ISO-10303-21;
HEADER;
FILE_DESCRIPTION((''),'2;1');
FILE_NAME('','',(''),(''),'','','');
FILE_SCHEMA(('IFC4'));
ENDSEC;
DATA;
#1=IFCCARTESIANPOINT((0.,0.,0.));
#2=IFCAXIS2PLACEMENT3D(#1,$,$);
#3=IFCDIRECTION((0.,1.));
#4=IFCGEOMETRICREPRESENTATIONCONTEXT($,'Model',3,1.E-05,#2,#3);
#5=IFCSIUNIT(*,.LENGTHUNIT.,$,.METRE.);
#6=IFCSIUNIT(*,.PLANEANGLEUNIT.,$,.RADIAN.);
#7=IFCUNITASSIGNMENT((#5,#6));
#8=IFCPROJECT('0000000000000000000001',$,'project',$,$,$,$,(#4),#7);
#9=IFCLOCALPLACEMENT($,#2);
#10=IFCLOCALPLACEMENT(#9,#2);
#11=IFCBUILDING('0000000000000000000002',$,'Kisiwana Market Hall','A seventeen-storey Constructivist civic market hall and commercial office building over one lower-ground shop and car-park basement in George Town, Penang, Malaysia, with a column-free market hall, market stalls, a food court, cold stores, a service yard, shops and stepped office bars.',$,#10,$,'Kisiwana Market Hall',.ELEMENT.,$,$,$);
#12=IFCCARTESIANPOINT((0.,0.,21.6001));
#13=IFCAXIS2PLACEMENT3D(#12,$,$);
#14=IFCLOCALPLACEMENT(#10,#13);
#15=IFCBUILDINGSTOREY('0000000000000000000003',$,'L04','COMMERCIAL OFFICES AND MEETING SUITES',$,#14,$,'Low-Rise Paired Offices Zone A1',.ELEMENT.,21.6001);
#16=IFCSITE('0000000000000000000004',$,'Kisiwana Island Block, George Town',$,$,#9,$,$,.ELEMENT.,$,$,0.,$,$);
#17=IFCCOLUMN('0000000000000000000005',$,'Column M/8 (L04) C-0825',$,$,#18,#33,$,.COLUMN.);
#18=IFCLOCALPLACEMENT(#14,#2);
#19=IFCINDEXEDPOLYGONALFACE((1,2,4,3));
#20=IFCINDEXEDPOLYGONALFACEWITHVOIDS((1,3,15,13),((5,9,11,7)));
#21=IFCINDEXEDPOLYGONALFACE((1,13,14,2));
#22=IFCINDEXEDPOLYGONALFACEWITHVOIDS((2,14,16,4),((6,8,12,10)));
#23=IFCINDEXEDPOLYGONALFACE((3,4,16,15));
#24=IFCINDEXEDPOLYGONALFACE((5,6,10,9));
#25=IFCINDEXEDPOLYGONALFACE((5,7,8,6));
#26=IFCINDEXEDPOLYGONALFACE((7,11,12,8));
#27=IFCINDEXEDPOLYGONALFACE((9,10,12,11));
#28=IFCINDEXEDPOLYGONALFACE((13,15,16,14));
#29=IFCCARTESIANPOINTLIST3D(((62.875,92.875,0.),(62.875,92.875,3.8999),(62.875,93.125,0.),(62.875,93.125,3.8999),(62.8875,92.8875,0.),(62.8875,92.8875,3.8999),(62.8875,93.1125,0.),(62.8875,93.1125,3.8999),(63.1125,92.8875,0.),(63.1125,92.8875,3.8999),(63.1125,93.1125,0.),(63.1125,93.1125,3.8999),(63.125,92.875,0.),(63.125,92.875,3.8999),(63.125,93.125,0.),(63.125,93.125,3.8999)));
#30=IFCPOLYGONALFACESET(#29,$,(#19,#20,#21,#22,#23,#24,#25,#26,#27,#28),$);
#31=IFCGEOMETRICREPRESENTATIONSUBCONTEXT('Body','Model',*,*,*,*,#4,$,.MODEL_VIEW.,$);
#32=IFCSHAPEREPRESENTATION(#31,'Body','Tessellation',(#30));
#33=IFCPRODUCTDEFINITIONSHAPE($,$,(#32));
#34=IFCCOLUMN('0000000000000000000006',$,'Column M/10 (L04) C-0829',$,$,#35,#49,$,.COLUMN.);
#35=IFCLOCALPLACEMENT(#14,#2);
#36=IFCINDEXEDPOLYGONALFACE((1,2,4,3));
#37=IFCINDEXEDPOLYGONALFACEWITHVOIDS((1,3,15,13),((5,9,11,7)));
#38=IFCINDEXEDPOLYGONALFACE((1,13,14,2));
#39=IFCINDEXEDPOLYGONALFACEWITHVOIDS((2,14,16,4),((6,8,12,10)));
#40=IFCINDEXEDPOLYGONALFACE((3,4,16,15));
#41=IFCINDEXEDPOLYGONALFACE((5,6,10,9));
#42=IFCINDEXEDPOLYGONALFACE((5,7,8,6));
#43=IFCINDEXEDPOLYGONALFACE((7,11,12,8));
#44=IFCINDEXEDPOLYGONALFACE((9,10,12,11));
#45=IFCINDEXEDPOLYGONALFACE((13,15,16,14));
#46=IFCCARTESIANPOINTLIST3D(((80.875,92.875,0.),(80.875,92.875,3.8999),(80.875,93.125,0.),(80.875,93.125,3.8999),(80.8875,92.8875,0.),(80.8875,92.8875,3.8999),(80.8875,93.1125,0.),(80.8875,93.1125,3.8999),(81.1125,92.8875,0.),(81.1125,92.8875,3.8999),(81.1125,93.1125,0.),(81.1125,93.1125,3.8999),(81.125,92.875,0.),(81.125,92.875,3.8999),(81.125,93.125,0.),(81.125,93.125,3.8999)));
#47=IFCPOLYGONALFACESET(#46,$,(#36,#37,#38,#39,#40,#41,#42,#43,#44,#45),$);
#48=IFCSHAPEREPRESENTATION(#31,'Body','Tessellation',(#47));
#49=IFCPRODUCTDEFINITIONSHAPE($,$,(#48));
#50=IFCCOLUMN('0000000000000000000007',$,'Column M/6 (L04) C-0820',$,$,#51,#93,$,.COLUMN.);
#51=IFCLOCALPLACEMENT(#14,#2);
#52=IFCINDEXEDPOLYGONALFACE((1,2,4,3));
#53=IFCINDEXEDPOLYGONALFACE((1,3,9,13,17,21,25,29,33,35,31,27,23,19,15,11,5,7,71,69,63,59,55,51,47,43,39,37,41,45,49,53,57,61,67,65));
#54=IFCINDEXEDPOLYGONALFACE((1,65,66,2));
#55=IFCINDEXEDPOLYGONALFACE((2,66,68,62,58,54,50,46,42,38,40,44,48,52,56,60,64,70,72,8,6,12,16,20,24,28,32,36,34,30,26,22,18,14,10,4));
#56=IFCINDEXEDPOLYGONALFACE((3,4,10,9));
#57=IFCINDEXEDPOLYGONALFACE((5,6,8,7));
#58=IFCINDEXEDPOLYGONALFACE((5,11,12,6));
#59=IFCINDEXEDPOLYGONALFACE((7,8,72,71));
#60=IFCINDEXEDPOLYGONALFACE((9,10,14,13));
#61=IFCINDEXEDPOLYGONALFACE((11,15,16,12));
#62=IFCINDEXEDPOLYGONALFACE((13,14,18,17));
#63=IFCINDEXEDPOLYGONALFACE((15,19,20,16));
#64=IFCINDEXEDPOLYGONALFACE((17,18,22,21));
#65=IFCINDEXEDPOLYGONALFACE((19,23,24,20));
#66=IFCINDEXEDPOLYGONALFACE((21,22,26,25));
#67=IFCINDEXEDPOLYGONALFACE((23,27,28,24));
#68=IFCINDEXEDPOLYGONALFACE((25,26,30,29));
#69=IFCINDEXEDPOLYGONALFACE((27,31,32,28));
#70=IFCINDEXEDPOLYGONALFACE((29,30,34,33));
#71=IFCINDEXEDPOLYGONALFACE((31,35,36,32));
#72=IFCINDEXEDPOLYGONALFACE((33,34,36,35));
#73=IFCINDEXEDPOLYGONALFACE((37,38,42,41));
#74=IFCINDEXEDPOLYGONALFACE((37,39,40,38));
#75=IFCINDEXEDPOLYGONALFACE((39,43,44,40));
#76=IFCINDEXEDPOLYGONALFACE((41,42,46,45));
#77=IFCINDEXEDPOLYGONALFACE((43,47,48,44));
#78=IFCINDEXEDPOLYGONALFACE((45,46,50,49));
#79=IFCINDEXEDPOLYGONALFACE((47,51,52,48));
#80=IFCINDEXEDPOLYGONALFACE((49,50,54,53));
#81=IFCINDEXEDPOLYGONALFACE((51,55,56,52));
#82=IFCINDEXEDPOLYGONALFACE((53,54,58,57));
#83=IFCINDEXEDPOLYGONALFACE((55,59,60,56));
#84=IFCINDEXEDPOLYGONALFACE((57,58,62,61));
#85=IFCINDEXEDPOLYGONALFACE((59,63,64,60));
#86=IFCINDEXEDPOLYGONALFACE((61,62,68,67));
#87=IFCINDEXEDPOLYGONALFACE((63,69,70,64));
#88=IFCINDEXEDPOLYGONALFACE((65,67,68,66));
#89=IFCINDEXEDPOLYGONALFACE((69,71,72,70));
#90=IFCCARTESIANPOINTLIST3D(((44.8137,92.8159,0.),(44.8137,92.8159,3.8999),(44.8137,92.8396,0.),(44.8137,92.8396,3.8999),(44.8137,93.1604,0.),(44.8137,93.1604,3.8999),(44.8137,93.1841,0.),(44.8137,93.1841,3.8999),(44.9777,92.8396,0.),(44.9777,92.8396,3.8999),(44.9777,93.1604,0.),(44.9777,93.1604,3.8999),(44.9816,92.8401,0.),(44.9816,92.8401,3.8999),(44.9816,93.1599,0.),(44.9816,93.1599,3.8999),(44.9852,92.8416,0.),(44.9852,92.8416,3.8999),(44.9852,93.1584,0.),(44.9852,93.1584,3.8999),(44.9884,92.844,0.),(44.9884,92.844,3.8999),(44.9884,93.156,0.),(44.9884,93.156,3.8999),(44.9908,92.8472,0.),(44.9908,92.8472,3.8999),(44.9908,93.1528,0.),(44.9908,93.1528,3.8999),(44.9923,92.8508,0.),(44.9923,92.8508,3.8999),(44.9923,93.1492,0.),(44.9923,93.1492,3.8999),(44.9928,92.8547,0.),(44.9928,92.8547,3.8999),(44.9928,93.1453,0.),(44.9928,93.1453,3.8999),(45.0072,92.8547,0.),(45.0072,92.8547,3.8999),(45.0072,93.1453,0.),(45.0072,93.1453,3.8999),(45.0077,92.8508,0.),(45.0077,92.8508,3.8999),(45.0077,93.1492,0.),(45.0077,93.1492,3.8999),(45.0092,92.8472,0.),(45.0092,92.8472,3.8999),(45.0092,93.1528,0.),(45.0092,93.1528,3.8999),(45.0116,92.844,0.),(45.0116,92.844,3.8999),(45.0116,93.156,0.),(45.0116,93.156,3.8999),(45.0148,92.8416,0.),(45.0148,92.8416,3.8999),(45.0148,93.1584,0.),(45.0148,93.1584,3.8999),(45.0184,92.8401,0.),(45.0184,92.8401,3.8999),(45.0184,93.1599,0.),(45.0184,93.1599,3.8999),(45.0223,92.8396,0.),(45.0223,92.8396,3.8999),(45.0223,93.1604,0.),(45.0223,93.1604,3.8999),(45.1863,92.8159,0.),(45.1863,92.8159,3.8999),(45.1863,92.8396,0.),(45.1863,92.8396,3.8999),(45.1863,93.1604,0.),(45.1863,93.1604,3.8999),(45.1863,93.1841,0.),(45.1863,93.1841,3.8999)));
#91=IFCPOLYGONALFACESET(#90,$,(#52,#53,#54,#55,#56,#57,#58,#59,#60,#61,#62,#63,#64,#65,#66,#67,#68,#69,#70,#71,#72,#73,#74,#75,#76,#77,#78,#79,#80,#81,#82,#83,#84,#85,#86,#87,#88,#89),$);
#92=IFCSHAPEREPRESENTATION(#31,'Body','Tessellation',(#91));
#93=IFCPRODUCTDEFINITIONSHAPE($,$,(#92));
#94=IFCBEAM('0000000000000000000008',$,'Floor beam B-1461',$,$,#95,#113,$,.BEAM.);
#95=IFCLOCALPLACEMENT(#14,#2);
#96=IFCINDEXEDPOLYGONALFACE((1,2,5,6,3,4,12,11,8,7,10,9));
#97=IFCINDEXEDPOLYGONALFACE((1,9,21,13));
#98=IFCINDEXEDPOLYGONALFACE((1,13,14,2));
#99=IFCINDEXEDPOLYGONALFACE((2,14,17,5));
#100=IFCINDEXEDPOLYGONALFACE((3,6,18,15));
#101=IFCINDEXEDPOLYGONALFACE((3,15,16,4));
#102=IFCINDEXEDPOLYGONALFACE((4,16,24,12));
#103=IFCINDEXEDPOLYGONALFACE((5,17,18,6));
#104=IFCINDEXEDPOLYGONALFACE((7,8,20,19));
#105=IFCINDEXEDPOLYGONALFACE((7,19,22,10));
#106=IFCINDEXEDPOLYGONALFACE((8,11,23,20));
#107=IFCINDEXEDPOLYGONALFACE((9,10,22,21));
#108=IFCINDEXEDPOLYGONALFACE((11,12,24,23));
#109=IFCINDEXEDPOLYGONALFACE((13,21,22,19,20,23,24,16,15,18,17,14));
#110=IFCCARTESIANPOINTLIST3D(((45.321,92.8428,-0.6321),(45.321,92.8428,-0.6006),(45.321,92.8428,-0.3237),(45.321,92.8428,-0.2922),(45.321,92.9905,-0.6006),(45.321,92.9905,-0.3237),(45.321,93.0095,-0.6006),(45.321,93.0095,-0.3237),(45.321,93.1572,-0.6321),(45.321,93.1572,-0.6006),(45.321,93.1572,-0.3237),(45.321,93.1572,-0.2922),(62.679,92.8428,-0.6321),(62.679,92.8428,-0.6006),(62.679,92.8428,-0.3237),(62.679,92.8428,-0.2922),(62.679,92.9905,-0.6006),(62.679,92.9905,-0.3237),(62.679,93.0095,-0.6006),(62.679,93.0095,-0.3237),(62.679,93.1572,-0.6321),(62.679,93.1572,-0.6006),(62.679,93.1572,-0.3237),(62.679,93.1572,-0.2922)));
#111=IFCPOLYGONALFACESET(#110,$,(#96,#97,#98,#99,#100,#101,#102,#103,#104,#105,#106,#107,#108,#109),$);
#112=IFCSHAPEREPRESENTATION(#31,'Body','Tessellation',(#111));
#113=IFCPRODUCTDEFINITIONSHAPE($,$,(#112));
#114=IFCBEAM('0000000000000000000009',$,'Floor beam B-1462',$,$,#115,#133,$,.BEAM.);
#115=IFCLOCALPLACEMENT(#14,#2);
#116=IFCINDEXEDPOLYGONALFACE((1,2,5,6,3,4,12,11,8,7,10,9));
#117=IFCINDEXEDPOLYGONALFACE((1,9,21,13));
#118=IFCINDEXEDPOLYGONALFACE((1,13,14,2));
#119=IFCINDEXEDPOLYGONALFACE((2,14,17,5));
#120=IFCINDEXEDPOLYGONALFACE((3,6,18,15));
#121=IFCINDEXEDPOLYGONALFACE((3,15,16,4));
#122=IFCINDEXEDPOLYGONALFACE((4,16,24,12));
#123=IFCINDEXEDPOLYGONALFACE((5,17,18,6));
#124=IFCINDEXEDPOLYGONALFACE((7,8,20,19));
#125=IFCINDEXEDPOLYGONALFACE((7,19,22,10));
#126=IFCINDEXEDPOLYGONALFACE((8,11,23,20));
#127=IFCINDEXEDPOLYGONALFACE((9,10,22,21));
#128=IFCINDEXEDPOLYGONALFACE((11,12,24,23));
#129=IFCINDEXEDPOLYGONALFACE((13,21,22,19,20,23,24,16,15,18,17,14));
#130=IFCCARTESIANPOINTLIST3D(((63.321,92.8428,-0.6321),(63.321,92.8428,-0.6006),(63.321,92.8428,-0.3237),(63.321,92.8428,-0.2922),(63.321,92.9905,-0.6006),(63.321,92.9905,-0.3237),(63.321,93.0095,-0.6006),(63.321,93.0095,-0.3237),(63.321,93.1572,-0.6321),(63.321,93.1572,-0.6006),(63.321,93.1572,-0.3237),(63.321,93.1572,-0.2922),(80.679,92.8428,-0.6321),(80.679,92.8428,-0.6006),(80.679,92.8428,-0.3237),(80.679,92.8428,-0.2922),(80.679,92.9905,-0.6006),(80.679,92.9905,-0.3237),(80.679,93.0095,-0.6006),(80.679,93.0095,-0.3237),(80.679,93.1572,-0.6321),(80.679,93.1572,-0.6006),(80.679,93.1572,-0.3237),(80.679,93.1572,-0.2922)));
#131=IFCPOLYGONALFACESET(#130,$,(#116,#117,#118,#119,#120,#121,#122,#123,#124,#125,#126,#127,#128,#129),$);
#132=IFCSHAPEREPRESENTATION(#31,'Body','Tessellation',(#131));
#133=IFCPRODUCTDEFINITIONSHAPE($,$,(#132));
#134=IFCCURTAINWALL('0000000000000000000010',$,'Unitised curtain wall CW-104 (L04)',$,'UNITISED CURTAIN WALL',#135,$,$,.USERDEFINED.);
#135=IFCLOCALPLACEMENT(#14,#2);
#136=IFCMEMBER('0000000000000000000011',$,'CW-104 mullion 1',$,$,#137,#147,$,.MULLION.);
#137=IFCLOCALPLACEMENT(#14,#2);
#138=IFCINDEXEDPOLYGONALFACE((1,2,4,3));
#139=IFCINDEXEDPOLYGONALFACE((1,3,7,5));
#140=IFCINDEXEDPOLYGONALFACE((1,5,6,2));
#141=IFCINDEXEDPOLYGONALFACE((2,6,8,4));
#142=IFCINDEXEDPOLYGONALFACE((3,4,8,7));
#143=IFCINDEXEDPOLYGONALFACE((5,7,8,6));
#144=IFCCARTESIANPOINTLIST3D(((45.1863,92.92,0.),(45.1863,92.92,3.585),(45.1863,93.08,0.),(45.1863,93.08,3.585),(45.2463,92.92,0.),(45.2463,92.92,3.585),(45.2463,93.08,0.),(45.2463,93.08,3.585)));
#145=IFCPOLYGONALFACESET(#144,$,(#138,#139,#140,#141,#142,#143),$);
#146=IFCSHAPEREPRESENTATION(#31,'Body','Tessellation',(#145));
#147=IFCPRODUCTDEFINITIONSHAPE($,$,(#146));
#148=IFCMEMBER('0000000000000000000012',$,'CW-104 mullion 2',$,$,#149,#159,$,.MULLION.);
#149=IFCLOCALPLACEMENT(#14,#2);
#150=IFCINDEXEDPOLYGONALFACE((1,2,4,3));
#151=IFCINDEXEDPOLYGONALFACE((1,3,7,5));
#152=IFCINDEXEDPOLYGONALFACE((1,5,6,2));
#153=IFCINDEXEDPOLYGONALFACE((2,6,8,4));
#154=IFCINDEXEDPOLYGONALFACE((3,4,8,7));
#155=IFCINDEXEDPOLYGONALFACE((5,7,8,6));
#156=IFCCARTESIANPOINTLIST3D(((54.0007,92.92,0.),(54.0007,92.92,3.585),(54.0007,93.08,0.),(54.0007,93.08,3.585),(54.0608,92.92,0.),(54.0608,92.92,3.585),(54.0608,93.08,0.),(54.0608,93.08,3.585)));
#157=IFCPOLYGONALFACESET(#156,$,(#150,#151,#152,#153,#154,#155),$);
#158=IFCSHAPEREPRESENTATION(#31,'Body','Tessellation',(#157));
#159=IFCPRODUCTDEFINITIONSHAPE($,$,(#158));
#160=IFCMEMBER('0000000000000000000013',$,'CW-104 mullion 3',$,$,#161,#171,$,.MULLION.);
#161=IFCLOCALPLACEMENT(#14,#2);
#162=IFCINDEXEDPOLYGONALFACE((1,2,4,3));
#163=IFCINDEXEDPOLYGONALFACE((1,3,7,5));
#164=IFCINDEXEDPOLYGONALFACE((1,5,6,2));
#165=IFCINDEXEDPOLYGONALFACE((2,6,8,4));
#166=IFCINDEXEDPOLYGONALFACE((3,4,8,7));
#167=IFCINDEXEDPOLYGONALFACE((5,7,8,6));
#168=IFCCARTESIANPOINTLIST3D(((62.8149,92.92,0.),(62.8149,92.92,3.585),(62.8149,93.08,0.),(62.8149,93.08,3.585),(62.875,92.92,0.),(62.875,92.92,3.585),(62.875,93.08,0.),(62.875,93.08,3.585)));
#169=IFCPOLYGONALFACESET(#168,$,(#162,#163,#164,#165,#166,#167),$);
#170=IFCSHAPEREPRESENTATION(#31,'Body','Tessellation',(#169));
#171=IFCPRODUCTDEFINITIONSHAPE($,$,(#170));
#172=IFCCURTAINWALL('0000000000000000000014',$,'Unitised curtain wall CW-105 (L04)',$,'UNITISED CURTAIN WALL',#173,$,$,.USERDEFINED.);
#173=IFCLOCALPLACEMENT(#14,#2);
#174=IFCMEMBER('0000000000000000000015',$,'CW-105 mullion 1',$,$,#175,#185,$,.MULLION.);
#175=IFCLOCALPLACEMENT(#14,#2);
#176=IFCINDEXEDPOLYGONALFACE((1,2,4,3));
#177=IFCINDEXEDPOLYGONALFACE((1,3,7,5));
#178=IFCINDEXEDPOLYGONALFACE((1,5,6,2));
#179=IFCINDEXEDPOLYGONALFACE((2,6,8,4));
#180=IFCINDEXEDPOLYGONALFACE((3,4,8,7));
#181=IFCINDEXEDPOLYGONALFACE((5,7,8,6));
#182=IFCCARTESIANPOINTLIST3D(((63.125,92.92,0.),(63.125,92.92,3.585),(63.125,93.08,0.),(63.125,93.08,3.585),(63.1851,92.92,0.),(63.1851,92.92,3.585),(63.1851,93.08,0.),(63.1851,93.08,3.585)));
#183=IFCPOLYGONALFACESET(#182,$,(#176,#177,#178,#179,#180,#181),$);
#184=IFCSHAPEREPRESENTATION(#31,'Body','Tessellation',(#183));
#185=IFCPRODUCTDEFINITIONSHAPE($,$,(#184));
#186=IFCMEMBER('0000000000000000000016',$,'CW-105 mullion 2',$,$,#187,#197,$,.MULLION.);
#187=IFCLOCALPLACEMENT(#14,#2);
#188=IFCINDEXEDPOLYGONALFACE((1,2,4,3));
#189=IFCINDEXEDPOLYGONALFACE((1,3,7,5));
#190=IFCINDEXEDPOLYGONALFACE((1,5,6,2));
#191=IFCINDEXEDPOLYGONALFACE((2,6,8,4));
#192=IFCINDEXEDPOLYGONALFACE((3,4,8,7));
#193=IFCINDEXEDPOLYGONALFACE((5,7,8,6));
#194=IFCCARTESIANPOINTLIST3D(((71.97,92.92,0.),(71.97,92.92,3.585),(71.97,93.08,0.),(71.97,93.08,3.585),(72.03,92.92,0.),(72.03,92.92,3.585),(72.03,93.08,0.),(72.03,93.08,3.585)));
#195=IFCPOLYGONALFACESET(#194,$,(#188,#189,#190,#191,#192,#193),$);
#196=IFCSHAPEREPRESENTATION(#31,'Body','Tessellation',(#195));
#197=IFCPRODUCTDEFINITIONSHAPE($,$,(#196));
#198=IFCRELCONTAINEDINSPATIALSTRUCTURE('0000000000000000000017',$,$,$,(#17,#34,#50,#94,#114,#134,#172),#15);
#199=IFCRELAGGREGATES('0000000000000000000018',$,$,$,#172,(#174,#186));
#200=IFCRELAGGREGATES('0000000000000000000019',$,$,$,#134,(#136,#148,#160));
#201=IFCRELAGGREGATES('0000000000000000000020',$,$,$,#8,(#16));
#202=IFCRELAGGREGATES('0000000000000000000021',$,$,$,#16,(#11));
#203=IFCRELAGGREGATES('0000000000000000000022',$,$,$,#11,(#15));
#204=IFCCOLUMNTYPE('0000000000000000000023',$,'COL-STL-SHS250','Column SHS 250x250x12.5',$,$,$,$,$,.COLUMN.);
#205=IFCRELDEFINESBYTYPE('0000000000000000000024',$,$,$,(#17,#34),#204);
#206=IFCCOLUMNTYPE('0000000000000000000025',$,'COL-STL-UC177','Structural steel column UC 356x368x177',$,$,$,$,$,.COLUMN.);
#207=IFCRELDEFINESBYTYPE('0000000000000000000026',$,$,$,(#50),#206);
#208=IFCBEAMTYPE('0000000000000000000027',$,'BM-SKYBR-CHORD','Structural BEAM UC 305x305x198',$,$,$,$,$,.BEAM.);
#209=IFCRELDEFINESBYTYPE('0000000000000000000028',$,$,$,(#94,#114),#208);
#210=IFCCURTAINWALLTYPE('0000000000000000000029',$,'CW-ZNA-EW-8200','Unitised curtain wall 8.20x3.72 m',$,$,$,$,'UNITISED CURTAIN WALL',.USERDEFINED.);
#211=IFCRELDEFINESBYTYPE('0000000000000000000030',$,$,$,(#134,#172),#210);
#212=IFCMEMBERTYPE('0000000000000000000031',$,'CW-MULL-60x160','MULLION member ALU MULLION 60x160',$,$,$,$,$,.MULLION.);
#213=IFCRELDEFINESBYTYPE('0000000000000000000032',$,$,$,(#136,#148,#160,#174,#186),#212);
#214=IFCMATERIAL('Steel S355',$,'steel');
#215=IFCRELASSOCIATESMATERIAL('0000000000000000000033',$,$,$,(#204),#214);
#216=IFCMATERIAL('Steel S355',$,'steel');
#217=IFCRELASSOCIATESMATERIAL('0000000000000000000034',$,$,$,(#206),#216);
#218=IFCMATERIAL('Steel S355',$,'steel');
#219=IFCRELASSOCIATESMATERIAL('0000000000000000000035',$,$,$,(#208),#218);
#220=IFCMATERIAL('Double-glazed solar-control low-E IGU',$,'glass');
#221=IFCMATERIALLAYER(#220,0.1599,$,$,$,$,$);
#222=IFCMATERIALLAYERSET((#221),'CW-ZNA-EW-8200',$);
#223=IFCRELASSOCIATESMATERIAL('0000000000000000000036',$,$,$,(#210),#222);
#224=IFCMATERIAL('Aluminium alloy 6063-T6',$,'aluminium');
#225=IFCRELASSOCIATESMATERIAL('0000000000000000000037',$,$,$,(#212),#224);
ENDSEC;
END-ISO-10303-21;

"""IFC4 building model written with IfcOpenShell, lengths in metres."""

from ifc_helpers import new_model, si_unit, direction, frame, origin, origin_2d, place, context, subcontext, project, spatial, rectangle, hollow_rectangle, i_section, extrude, material, layer, layer_set, material_profile, profile_set, type_object, element, aggregate, save


model = new_model("IFC4")

# Units and contexts
model_context = context("Model", 3, precision=1e-05, world=origin(), true_north=direction((0.0, 1.0)))
body_context = subcontext(model_context, "Body", "Model", "MODEL_VIEW")
ifc_project = project(units=[si_unit("LENGTHUNIT", "METRE"), si_unit("PLANEANGLEUNIT", "RADIAN")], contexts=[model_context])

# Site, building, storey
site_placement = place(None, origin())
site = spatial("IfcSite", under=ifc_project, at=site_placement, Name="Kisiwana Island Block, George Town", CompositionType="ELEMENT", RefElevation=0.0)
building_placement = place(site_placement, origin())
building = spatial("IfcBuilding", under=site, at=building_placement, Name="Kisiwana Market Hall", Description="A seventeen-storey Constructivist civic market hall and commercial office building over one lower-ground shop and car-park basement in George Town, Penang, Malaysia, with a column-free market hall, market stalls, a food court, cold stores, a service yard, shops and stepped office bars.", LongName="Kisiwana Market Hall", CompositionType="ELEMENT")
storey_placement = place(building_placement, frame((0.0, 0.0, 21.6001)))
storey = spatial("IfcBuildingStorey", under=building, at=storey_placement, Name="L04", Description="COMMERCIAL OFFICES AND MEETING SUITES", LongName="Low-Rise Paired Offices Zone A1", CompositionType="ELEMENT", Elevation=21.6001)

# Columns
ifc_material_1 = material(Name="Steel S355", Category="steel")
ifc_material_profile_1 = material_profile(ifc_material_1, hollow_rectangle(XDim=0.25, YDim=0.25, WallThickness=0.0125, at=origin_2d()), Name="SHS 250x250x12.5")
ifc_profile_set_1 = profile_set([ifc_material_profile_1], Name="Steel S355")
column_type_1 = type_object("IfcColumnType", Name="COL-STL-SHS250", Description="Column SHS 250x250x12.5", PredefinedType="COLUMN", material=ifc_profile_set_1)
for number, where, z_axis, x_axis, name in (
    (1, (63.0, 93.0, 0.0), (0.0, 0.0, 1.0), (1.0, 0.0, 0.0), "Column M/8 (L04) C-0825"),
    (2, (81.0, 93.0, 0.0), (0.0, 0.0, 1.0), (1.0, 0.0, 0.0), "Column M/10 (L04) C-0829"),
):
    element("IfcColumn", number, at=place(storey_placement, frame(where, z_axis=z_axis, x_axis=x_axis)), inside=storey, type_object=column_type_1, Name=name, PredefinedType="COLUMN", context=body_context, shape_type="SweptSolid", body=[
        extrude(hollow_rectangle(XDim=0.25, YDim=0.25, WallThickness=0.0125, at=origin_2d()), origin(), (0.0, 0.0, 1.0), 3.8999),
    ])
ifc_material_2 = material(Name="Steel S355", Category="steel")
ifc_material_profile_2 = material_profile(ifc_material_2, i_section(OverallWidth=0.3726, OverallDepth=0.3682, WebThickness=0.0144, FlangeThickness=0.0237, FilletRadius=0.0151, at=origin_2d()), Name="UC 356x368x177")
ifc_profile_set_2 = profile_set([ifc_material_profile_2], Name="Steel S355")
column_type_2 = type_object("IfcColumnType", Name="COL-STL-UC177", Description="Structural steel column UC 356x368x177", PredefinedType="COLUMN", material=ifc_profile_set_2)
column_placement = place(storey_placement, frame((45.0, 93.0, 0.0), z_axis=(0.0, 0.0, 1.0), x_axis=(1.0, 0.0, 0.0)))
element("IfcColumn", 3, at=column_placement, inside=storey, type_object=column_type_2, Name="Column M/6 (L04) C-0820", PredefinedType="COLUMN", context=body_context, shape_type="SweptSolid", body=[
    extrude(i_section(OverallWidth=0.3726, OverallDepth=0.3682, WebThickness=0.0144, FlangeThickness=0.0237, FilletRadius=0.0151, at=origin_2d()), origin(), (0.0, 0.0, 1.0), 3.8999),
])

# Beams
ifc_material_3 = material(Name="Steel S355", Category="steel")
ifc_material_profile_3 = material_profile(ifc_material_3, i_section(OverallWidth=0.3145, OverallDepth=0.3398, WebThickness=0.019, FlangeThickness=0.0315, at=origin_2d()), Name="UC 305x305x198")
ifc_profile_set_3 = profile_set([ifc_material_profile_3], Name="Steel S355")
beam_type = type_object("IfcBeamType", Name="BM-SKYBR-CHORD", Description="Structural BEAM UC 305x305x198", PredefinedType="BEAM", material=ifc_profile_set_3)
for number, where, z_axis, x_axis, name in (
    (4, (45.321, 93.0, -0.4622), (1.0, 0.0, 0.0), (0.0, 1.0, 0.0), "Floor beam B-1461"),
    (5, (63.321, 93.0, -0.4622), (1.0, 0.0, 0.0), (0.0, 1.0, 0.0), "Floor beam B-1462"),
):
    element("IfcBeam", number, at=place(storey_placement, frame(where, z_axis=z_axis, x_axis=x_axis)), inside=storey, type_object=beam_type, Name=name, PredefinedType="BEAM", context=body_context, shape_type="SweptSolid", body=[
        extrude(i_section(OverallWidth=0.3145, OverallDepth=0.3398, WebThickness=0.019, FlangeThickness=0.0315, at=origin_2d()), origin(), (0.0, 0.0, 1.0), 17.3579),
    ])

# Curtain walls, members
ifc_material_4 = material(Name="Double-glazed solar-control low-E IGU", Category="glass")
ifc_layer_1 = layer(ifc_material_4, 0.1599)
ifc_layer_set_1 = layer_set([ifc_layer_1], Name="CW-ZNA-EW-8200")
curtain_wall_type = type_object("IfcCurtainWallType", Name="CW-ZNA-EW-8200", Description="Unitised curtain wall 8.20x3.72 m", ElementType="UNITISED CURTAIN WALL", PredefinedType="USERDEFINED", material=ifc_layer_set_1)
curtain_wall_1_placement = place(storey_placement, origin())
curtain_wall_1 = element("IfcCurtainWall", 6, at=curtain_wall_1_placement, inside=storey, type_object=curtain_wall_type, Name="Unitised curtain wall CW-104 (L04)", ObjectType="UNITISED CURTAIN WALL", PredefinedType="USERDEFINED")
ifc_material_5 = material(Name="Aluminium alloy 6063-T6", Category="aluminium")
ifc_material_profile_4 = material_profile(ifc_material_5, rectangle(XDim=0.0601, YDim=0.1599, at=origin_2d()), Name="ALU MULLION 60x160")
ifc_profile_set_4 = profile_set([ifc_material_profile_4], Name="Aluminium alloy 6063-T6")
member_type_1 = type_object("IfcMemberType", Name="CW-MULL-60x160", Description="MULLION member ALU MULLION 60x160", PredefinedType="MULLION", material=ifc_profile_set_4)
member_1_placement = place(storey_placement, frame((45.2163, 93.0, 0.0), z_axis=(0.0, 0.0, 1.0), x_axis=(1.0, 0.0, 0.0)))
member_1 = element("IfcMember", 7, at=member_1_placement, type_object=member_type_1, Name="CW-104 mullion 1", PredefinedType="MULLION", context=body_context, shape_type="SweptSolid", body=[
    extrude(rectangle(XDim=0.0601, YDim=0.1599, at=origin_2d()), origin(), (0.0, 0.0, 1.0), 3.585),
])
member_2_placement = place(storey_placement, frame((54.0308, 93.0, 0.0), z_axis=(0.0, 0.0, 1.0), x_axis=(1.0, 0.0, 0.0)))
member_2 = element("IfcMember", 8, at=member_2_placement, type_object=member_type_1, Name="CW-104 mullion 2", PredefinedType="MULLION", context=body_context, shape_type="SweptSolid", body=[
    extrude(rectangle(XDim=0.0601, YDim=0.1599, at=origin_2d()), origin(), (0.0, 0.0, 1.0), 3.585),
])
member_3_placement = place(storey_placement, frame((62.845, 93.0, 0.0), z_axis=(0.0, 0.0, 1.0), x_axis=(1.0, 0.0, 0.0)))
member_3 = element("IfcMember", 9, at=member_3_placement, type_object=member_type_1, Name="CW-104 mullion 3", PredefinedType="MULLION", context=body_context, shape_type="SweptSolid", body=[
    extrude(rectangle(XDim=0.0601, YDim=0.1599, at=origin_2d()), origin(), (0.0, 0.0, 1.0), 3.585),
])
curtain_wall_2_placement = place(storey_placement, origin())
curtain_wall_2 = element("IfcCurtainWall", 10, at=curtain_wall_2_placement, inside=storey, type_object=curtain_wall_type, Name="Unitised curtain wall CW-105 (L04)", ObjectType="UNITISED CURTAIN WALL", PredefinedType="USERDEFINED")
member_4_placement = place(storey_placement, frame((63.155, 93.0, 0.0), z_axis=(0.0, 0.0, 1.0), x_axis=(1.0, 0.0, 0.0)))
member_4 = element("IfcMember", 11, at=member_4_placement, type_object=member_type_1, Name="CW-105 mullion 1", PredefinedType="MULLION", context=body_context, shape_type="SweptSolid", body=[
    extrude(rectangle(XDim=0.0601, YDim=0.1599, at=origin_2d()), origin(), (0.0, 0.0, 1.0), 3.585),
])
member_5_placement = place(storey_placement, frame((72.0, 93.0, 0.0), z_axis=(0.0, 0.0, 1.0), x_axis=(1.0, 0.0, 0.0)))
member_5 = element("IfcMember", 12, at=member_5_placement, type_object=member_type_1, Name="CW-105 mullion 2", PredefinedType="MULLION", context=body_context, shape_type="SweptSolid", body=[
    extrude(rectangle(XDim=0.0601, YDim=0.1599, at=origin_2d()), origin(), (0.0, 0.0, 1.0), 3.585),
])

aggregate(curtain_wall_2, [member_4, member_5])
aggregate(curtain_wall_1, [member_1, member_2, member_3])

save(model, "model.ifc")
